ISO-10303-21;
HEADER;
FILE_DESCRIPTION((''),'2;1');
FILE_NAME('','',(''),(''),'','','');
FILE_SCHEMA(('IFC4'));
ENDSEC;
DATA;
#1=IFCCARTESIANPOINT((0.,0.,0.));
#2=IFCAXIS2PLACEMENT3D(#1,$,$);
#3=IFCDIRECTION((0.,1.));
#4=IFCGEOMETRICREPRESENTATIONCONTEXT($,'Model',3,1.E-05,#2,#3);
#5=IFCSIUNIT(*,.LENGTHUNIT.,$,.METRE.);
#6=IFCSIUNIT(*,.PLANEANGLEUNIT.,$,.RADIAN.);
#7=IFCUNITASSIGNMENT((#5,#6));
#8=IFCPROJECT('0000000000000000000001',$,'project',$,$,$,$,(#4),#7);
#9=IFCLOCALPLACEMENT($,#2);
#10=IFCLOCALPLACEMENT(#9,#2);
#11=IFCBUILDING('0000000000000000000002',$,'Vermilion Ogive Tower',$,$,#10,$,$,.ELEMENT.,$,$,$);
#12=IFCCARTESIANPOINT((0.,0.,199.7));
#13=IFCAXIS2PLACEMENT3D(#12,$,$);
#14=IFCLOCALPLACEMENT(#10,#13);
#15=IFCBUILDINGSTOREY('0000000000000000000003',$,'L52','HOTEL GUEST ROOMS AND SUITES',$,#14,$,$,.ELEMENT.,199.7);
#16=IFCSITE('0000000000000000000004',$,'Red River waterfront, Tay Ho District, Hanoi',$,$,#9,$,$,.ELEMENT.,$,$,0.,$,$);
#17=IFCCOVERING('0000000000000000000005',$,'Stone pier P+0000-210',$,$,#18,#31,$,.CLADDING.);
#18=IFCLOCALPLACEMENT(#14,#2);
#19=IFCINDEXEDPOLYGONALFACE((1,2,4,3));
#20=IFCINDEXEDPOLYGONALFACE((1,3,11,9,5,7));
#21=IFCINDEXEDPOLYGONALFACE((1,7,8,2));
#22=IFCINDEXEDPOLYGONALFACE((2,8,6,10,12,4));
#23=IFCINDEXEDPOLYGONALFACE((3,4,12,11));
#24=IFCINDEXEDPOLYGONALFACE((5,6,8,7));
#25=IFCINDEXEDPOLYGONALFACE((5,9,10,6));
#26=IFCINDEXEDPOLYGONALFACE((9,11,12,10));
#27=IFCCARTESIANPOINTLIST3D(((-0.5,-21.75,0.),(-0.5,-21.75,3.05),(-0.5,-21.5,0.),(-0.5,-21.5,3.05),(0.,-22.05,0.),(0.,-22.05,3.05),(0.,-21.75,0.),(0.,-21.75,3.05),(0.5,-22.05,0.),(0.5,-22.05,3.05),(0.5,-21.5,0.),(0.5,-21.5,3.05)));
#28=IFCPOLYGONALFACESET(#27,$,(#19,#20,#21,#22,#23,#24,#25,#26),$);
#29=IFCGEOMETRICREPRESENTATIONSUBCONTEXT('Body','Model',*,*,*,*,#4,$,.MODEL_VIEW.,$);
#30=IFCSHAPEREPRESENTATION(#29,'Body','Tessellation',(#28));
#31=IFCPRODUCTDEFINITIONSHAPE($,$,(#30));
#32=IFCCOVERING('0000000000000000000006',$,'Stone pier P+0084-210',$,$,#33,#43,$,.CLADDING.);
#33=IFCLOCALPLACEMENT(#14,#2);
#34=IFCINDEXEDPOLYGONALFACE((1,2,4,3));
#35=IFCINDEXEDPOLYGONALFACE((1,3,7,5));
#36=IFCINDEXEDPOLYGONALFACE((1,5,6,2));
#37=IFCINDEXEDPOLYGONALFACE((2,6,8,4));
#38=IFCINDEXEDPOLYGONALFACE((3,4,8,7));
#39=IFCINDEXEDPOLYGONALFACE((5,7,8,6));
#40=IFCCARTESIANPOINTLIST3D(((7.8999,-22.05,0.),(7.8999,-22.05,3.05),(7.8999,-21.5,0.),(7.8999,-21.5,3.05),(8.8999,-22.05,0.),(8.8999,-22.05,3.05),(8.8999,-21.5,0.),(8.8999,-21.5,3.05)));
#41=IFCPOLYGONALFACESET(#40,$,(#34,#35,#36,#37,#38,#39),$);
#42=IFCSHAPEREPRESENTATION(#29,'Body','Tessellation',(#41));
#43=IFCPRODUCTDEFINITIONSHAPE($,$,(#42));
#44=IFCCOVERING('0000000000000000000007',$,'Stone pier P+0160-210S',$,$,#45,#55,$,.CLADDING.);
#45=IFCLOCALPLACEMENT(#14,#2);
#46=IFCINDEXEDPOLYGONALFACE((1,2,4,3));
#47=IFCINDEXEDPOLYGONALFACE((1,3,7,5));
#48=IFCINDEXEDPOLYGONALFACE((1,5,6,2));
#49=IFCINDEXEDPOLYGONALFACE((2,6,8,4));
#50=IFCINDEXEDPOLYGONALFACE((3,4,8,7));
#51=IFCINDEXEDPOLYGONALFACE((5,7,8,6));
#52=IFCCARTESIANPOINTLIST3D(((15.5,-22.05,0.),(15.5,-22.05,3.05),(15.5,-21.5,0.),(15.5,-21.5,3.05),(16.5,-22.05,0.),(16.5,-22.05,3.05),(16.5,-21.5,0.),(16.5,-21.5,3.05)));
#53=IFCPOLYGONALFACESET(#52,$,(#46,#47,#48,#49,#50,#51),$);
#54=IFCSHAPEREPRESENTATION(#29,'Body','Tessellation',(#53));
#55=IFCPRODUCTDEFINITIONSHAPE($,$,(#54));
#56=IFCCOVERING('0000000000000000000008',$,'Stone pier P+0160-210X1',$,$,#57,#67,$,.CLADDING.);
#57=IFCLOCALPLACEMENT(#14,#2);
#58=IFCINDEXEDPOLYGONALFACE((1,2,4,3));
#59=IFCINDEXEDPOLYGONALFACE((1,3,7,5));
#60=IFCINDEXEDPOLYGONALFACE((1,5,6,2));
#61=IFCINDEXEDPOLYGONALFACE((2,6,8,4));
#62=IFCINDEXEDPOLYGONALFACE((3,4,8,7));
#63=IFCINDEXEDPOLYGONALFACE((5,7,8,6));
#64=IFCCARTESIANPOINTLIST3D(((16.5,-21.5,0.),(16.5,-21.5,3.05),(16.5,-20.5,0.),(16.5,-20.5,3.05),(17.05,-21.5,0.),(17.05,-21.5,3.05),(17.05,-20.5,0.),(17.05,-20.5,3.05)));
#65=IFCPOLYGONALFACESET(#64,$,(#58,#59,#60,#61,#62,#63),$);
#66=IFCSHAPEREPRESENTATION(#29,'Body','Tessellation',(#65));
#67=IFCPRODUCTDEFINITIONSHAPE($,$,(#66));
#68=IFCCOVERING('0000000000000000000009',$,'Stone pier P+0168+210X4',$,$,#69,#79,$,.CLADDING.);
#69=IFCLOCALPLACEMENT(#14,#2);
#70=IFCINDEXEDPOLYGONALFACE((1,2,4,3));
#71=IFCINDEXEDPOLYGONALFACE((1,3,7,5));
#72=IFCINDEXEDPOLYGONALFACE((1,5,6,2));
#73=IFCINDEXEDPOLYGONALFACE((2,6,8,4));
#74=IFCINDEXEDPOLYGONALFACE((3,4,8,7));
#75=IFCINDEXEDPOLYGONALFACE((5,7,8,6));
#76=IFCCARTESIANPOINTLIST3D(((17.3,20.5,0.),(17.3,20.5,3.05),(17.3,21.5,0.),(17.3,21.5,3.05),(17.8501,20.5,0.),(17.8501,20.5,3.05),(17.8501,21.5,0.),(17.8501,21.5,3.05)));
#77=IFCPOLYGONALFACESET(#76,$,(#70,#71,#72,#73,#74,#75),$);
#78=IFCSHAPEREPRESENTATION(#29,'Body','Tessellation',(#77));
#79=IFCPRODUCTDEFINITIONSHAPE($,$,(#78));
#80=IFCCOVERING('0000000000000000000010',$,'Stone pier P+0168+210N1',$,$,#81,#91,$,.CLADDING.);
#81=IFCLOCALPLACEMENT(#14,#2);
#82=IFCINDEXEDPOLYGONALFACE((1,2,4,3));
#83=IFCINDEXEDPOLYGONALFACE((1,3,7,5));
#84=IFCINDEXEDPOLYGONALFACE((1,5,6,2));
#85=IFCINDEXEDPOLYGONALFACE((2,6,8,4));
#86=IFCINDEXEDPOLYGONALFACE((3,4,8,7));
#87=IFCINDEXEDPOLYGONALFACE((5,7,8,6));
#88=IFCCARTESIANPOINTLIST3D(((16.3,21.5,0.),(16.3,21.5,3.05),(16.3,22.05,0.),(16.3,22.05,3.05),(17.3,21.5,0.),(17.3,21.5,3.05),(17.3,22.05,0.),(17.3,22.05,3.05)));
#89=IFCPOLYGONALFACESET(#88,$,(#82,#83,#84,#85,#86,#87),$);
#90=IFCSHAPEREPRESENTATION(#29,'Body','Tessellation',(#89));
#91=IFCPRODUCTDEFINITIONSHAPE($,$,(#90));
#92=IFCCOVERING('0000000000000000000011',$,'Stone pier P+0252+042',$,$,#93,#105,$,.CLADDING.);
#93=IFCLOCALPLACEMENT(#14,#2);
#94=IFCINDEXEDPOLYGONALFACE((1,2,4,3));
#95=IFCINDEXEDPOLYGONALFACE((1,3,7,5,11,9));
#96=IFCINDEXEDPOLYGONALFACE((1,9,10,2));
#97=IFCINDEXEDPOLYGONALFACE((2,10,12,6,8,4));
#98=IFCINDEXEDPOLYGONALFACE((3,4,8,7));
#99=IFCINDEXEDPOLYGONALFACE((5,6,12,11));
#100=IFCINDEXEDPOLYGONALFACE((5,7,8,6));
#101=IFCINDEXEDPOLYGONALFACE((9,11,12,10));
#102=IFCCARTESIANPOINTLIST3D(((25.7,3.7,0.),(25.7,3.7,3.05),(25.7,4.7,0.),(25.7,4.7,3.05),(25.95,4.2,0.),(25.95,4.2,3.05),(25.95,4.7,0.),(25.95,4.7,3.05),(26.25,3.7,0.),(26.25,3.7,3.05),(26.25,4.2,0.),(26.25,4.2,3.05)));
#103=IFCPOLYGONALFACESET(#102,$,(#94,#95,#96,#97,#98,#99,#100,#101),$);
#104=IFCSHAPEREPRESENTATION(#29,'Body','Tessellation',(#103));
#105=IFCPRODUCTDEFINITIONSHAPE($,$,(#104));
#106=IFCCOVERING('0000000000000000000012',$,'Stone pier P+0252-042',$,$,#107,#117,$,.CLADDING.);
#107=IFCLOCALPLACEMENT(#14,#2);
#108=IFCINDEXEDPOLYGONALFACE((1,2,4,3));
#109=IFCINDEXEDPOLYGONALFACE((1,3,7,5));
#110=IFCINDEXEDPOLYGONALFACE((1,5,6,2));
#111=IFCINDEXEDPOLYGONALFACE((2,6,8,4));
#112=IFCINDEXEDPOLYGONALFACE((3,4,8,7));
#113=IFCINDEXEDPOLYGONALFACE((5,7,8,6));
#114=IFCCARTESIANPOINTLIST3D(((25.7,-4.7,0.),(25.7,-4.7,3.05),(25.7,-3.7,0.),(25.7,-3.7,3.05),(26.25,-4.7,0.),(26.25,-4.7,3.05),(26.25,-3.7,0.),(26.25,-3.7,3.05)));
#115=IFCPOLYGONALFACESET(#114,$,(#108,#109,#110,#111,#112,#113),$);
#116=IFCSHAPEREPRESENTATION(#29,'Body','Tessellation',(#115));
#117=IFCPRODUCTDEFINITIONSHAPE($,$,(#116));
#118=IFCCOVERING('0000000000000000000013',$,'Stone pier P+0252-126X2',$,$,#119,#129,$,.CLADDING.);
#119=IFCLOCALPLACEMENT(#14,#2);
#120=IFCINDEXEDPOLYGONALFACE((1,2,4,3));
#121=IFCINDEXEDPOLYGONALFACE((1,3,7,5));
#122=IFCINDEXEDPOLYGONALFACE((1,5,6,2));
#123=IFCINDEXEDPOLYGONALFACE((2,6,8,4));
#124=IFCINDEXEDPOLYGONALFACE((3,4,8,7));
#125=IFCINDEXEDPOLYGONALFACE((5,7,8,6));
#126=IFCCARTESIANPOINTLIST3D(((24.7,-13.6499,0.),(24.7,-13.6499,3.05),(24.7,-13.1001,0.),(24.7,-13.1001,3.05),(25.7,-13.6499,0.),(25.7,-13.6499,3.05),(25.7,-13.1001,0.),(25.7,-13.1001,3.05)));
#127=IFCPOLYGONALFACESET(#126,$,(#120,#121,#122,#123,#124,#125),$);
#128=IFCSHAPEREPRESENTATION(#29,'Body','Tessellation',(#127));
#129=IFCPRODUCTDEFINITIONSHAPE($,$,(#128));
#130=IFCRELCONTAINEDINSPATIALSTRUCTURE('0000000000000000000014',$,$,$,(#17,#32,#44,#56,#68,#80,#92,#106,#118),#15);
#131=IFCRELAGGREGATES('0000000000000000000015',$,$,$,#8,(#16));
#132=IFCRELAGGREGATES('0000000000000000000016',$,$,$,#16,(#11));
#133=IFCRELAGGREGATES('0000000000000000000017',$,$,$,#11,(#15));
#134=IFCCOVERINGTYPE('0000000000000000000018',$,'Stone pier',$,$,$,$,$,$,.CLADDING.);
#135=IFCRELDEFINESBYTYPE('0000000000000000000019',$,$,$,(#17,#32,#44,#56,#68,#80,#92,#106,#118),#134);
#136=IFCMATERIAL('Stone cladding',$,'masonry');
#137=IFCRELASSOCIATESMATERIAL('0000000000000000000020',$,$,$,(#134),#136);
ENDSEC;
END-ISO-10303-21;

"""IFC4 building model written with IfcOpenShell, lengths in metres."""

from ifc_helpers import new_model, si_unit, direction, frame, origin, place, context, subcontext, project, spatial, polyline, outline, extrude, material, type_object, element, save


model = new_model("IFC4")

# Units and contexts
model_context = context("Model", 3, precision=1e-05, world=origin(), true_north=direction((0.0, 1.0)))
body_context = subcontext(model_context, "Body", "Model", "MODEL_VIEW")
ifc_project = project(units=[si_unit("LENGTHUNIT", "METRE"), si_unit("PLANEANGLEUNIT", "RADIAN")], contexts=[model_context])

# Site, building, storey
site_placement = place(None, origin())
site = spatial("IfcSite", under=ifc_project, at=site_placement, Name="Red River waterfront, Tay Ho District, Hanoi", CompositionType="ELEMENT", RefElevation=0.0)
building_placement = place(site_placement, origin())
building = spatial("IfcBuilding", under=site, at=building_placement, Name="Vermilion Ogive Tower", CompositionType="ELEMENT")
storey_placement = place(building_placement, frame((0.0, 0.0, 199.7)))
storey = spatial("IfcBuildingStorey", under=building, at=storey_placement, Name="L52", Description="HOTEL GUEST ROOMS AND SUITES", CompositionType="ELEMENT", Elevation=199.7)

# Coverings
ifc_material_1 = material(Name="Stone cladding", Category="masonry")
covering_type_1 = type_object("IfcCoveringType", Name="Stone pier", PredefinedType="CLADDING", material=ifc_material_1)
covering_1_placement = place(storey_placement, origin())
element("IfcCovering", 1, at=covering_1_placement, inside=storey, type_object=covering_type_1, Name="Stone pier P+0000-210", PredefinedType="CLADDING", context=body_context, shape_type="SweptSolid", body=[
    extrude(outline(polyline([(0.5, -22.05), (0.0, -22.05), (0.0, -21.75), (-0.5, -21.75), (-0.5, -21.5), (0.5, -21.5), (0.5, -22.05)])), origin(), (0.0, 0.0, 1.0), 3.05),
])
covering_2_placement = place(storey_placement, origin())
element("IfcCovering", 2, at=covering_2_placement, inside=storey, type_object=covering_type_1, Name="Stone pier P+0084-210", PredefinedType="CLADDING", context=body_context, shape_type="SweptSolid", body=[
    extrude(outline(polyline([(8.8999, -21.5), (8.8999, -22.05), (7.8999, -22.05), (7.8999, -21.5), (7.8999, -21.5), (8.8999, -21.5)])), origin(), (0.0, 0.0, 1.0), 3.05),
])
covering_3_placement = place(storey_placement, origin())
element("IfcCovering", 3, at=covering_3_placement, inside=storey, type_object=covering_type_1, Name="Stone pier P+0160-210S", PredefinedType="CLADDING", context=body_context, shape_type="SweptSolid", body=[
    extrude(outline(polyline([(16.5, -22.05), (15.5, -22.05), (15.5, -21.5), (16.5, -21.5), (16.5, -22.05)])), origin(), (0.0, 0.0, 1.0), 3.05),
])
covering_4_placement = place(storey_placement, origin())
element("IfcCovering", 4, at=covering_4_placement, inside=storey, type_object=covering_type_1, Name="Stone pier P+0160-210X1", PredefinedType="CLADDING", context=body_context, shape_type="SweptSolid", body=[
    extrude(outline(polyline([(17.05, -21.5), (16.5, -21.5), (16.5, -20.5), (17.05, -20.5), (17.05, -21.5)])), origin(), (0.0, 0.0, 1.0), 3.05),
])
covering_5_placement = place(storey_placement, origin())
element("IfcCovering", 5, at=covering_5_placement, inside=storey, type_object=covering_type_1, Name="Stone pier P+0168+210X4", PredefinedType="CLADDING", context=body_context, shape_type="SweptSolid", body=[
    extrude(outline(polyline([(17.8501, 21.5), (17.8501, 20.5), (17.3, 20.5), (17.3, 21.5), (17.8501, 21.5)])), origin(), (0.0, 0.0, 1.0), 3.05),
])
covering_6_placement = place(storey_placement, origin())
element("IfcCovering", 6, at=covering_6_placement, inside=storey, type_object=covering_type_1, Name="Stone pier P+0168+210N1", PredefinedType="CLADDING", context=body_context, shape_type="SweptSolid", body=[
    extrude(outline(polyline([(17.3, 22.05), (17.3, 21.5), (16.3, 21.5), (16.3, 22.05), (17.3, 22.05)])), origin(), (0.0, 0.0, 1.0), 3.05),
])
covering_7_placement = place(storey_placement, origin())
element("IfcCovering", 7, at=covering_7_placement, inside=storey, type_object=covering_type_1, Name="Stone pier P+0252+042", PredefinedType="CLADDING", context=body_context, shape_type="SweptSolid", body=[
    extrude(outline(polyline([(25.7, 4.7), (25.95, 4.7), (25.95, 4.2), (26.25, 4.2), (26.25, 3.7), (25.7, 3.7), (25.7, 4.7), (25.7, 4.7)])), origin(), (0.0, 0.0, 1.0), 3.05),
])
covering_8_placement = place(storey_placement, origin())
element("IfcCovering", 8, at=covering_8_placement, inside=storey, type_object=covering_type_1, Name="Stone pier P+0252-042", PredefinedType="CLADDING", context=body_context, shape_type="SweptSolid", body=[
    extrude(outline(polyline([(25.7, -3.7), (26.25, -3.7), (26.25, -4.7), (25.7, -4.7), (25.7, -4.7), (25.7, -3.7)])), origin(), (0.0, 0.0, 1.0), 3.05),
])
covering_9_placement = place(storey_placement, origin())
element("IfcCovering", 9, at=covering_9_placement, inside=storey, type_object=covering_type_1, Name="Stone pier P+0252-126X2", PredefinedType="CLADDING", context=body_context, shape_type="SweptSolid", body=[
    extrude(outline(polyline([(25.7, -13.6499), (24.7, -13.6499), (24.7, -13.1001), (25.7, -13.1001), (25.7, -13.6499)])), origin(), (0.0, 0.0, 1.0), 3.05),
])

save(model, "model.ifc")
